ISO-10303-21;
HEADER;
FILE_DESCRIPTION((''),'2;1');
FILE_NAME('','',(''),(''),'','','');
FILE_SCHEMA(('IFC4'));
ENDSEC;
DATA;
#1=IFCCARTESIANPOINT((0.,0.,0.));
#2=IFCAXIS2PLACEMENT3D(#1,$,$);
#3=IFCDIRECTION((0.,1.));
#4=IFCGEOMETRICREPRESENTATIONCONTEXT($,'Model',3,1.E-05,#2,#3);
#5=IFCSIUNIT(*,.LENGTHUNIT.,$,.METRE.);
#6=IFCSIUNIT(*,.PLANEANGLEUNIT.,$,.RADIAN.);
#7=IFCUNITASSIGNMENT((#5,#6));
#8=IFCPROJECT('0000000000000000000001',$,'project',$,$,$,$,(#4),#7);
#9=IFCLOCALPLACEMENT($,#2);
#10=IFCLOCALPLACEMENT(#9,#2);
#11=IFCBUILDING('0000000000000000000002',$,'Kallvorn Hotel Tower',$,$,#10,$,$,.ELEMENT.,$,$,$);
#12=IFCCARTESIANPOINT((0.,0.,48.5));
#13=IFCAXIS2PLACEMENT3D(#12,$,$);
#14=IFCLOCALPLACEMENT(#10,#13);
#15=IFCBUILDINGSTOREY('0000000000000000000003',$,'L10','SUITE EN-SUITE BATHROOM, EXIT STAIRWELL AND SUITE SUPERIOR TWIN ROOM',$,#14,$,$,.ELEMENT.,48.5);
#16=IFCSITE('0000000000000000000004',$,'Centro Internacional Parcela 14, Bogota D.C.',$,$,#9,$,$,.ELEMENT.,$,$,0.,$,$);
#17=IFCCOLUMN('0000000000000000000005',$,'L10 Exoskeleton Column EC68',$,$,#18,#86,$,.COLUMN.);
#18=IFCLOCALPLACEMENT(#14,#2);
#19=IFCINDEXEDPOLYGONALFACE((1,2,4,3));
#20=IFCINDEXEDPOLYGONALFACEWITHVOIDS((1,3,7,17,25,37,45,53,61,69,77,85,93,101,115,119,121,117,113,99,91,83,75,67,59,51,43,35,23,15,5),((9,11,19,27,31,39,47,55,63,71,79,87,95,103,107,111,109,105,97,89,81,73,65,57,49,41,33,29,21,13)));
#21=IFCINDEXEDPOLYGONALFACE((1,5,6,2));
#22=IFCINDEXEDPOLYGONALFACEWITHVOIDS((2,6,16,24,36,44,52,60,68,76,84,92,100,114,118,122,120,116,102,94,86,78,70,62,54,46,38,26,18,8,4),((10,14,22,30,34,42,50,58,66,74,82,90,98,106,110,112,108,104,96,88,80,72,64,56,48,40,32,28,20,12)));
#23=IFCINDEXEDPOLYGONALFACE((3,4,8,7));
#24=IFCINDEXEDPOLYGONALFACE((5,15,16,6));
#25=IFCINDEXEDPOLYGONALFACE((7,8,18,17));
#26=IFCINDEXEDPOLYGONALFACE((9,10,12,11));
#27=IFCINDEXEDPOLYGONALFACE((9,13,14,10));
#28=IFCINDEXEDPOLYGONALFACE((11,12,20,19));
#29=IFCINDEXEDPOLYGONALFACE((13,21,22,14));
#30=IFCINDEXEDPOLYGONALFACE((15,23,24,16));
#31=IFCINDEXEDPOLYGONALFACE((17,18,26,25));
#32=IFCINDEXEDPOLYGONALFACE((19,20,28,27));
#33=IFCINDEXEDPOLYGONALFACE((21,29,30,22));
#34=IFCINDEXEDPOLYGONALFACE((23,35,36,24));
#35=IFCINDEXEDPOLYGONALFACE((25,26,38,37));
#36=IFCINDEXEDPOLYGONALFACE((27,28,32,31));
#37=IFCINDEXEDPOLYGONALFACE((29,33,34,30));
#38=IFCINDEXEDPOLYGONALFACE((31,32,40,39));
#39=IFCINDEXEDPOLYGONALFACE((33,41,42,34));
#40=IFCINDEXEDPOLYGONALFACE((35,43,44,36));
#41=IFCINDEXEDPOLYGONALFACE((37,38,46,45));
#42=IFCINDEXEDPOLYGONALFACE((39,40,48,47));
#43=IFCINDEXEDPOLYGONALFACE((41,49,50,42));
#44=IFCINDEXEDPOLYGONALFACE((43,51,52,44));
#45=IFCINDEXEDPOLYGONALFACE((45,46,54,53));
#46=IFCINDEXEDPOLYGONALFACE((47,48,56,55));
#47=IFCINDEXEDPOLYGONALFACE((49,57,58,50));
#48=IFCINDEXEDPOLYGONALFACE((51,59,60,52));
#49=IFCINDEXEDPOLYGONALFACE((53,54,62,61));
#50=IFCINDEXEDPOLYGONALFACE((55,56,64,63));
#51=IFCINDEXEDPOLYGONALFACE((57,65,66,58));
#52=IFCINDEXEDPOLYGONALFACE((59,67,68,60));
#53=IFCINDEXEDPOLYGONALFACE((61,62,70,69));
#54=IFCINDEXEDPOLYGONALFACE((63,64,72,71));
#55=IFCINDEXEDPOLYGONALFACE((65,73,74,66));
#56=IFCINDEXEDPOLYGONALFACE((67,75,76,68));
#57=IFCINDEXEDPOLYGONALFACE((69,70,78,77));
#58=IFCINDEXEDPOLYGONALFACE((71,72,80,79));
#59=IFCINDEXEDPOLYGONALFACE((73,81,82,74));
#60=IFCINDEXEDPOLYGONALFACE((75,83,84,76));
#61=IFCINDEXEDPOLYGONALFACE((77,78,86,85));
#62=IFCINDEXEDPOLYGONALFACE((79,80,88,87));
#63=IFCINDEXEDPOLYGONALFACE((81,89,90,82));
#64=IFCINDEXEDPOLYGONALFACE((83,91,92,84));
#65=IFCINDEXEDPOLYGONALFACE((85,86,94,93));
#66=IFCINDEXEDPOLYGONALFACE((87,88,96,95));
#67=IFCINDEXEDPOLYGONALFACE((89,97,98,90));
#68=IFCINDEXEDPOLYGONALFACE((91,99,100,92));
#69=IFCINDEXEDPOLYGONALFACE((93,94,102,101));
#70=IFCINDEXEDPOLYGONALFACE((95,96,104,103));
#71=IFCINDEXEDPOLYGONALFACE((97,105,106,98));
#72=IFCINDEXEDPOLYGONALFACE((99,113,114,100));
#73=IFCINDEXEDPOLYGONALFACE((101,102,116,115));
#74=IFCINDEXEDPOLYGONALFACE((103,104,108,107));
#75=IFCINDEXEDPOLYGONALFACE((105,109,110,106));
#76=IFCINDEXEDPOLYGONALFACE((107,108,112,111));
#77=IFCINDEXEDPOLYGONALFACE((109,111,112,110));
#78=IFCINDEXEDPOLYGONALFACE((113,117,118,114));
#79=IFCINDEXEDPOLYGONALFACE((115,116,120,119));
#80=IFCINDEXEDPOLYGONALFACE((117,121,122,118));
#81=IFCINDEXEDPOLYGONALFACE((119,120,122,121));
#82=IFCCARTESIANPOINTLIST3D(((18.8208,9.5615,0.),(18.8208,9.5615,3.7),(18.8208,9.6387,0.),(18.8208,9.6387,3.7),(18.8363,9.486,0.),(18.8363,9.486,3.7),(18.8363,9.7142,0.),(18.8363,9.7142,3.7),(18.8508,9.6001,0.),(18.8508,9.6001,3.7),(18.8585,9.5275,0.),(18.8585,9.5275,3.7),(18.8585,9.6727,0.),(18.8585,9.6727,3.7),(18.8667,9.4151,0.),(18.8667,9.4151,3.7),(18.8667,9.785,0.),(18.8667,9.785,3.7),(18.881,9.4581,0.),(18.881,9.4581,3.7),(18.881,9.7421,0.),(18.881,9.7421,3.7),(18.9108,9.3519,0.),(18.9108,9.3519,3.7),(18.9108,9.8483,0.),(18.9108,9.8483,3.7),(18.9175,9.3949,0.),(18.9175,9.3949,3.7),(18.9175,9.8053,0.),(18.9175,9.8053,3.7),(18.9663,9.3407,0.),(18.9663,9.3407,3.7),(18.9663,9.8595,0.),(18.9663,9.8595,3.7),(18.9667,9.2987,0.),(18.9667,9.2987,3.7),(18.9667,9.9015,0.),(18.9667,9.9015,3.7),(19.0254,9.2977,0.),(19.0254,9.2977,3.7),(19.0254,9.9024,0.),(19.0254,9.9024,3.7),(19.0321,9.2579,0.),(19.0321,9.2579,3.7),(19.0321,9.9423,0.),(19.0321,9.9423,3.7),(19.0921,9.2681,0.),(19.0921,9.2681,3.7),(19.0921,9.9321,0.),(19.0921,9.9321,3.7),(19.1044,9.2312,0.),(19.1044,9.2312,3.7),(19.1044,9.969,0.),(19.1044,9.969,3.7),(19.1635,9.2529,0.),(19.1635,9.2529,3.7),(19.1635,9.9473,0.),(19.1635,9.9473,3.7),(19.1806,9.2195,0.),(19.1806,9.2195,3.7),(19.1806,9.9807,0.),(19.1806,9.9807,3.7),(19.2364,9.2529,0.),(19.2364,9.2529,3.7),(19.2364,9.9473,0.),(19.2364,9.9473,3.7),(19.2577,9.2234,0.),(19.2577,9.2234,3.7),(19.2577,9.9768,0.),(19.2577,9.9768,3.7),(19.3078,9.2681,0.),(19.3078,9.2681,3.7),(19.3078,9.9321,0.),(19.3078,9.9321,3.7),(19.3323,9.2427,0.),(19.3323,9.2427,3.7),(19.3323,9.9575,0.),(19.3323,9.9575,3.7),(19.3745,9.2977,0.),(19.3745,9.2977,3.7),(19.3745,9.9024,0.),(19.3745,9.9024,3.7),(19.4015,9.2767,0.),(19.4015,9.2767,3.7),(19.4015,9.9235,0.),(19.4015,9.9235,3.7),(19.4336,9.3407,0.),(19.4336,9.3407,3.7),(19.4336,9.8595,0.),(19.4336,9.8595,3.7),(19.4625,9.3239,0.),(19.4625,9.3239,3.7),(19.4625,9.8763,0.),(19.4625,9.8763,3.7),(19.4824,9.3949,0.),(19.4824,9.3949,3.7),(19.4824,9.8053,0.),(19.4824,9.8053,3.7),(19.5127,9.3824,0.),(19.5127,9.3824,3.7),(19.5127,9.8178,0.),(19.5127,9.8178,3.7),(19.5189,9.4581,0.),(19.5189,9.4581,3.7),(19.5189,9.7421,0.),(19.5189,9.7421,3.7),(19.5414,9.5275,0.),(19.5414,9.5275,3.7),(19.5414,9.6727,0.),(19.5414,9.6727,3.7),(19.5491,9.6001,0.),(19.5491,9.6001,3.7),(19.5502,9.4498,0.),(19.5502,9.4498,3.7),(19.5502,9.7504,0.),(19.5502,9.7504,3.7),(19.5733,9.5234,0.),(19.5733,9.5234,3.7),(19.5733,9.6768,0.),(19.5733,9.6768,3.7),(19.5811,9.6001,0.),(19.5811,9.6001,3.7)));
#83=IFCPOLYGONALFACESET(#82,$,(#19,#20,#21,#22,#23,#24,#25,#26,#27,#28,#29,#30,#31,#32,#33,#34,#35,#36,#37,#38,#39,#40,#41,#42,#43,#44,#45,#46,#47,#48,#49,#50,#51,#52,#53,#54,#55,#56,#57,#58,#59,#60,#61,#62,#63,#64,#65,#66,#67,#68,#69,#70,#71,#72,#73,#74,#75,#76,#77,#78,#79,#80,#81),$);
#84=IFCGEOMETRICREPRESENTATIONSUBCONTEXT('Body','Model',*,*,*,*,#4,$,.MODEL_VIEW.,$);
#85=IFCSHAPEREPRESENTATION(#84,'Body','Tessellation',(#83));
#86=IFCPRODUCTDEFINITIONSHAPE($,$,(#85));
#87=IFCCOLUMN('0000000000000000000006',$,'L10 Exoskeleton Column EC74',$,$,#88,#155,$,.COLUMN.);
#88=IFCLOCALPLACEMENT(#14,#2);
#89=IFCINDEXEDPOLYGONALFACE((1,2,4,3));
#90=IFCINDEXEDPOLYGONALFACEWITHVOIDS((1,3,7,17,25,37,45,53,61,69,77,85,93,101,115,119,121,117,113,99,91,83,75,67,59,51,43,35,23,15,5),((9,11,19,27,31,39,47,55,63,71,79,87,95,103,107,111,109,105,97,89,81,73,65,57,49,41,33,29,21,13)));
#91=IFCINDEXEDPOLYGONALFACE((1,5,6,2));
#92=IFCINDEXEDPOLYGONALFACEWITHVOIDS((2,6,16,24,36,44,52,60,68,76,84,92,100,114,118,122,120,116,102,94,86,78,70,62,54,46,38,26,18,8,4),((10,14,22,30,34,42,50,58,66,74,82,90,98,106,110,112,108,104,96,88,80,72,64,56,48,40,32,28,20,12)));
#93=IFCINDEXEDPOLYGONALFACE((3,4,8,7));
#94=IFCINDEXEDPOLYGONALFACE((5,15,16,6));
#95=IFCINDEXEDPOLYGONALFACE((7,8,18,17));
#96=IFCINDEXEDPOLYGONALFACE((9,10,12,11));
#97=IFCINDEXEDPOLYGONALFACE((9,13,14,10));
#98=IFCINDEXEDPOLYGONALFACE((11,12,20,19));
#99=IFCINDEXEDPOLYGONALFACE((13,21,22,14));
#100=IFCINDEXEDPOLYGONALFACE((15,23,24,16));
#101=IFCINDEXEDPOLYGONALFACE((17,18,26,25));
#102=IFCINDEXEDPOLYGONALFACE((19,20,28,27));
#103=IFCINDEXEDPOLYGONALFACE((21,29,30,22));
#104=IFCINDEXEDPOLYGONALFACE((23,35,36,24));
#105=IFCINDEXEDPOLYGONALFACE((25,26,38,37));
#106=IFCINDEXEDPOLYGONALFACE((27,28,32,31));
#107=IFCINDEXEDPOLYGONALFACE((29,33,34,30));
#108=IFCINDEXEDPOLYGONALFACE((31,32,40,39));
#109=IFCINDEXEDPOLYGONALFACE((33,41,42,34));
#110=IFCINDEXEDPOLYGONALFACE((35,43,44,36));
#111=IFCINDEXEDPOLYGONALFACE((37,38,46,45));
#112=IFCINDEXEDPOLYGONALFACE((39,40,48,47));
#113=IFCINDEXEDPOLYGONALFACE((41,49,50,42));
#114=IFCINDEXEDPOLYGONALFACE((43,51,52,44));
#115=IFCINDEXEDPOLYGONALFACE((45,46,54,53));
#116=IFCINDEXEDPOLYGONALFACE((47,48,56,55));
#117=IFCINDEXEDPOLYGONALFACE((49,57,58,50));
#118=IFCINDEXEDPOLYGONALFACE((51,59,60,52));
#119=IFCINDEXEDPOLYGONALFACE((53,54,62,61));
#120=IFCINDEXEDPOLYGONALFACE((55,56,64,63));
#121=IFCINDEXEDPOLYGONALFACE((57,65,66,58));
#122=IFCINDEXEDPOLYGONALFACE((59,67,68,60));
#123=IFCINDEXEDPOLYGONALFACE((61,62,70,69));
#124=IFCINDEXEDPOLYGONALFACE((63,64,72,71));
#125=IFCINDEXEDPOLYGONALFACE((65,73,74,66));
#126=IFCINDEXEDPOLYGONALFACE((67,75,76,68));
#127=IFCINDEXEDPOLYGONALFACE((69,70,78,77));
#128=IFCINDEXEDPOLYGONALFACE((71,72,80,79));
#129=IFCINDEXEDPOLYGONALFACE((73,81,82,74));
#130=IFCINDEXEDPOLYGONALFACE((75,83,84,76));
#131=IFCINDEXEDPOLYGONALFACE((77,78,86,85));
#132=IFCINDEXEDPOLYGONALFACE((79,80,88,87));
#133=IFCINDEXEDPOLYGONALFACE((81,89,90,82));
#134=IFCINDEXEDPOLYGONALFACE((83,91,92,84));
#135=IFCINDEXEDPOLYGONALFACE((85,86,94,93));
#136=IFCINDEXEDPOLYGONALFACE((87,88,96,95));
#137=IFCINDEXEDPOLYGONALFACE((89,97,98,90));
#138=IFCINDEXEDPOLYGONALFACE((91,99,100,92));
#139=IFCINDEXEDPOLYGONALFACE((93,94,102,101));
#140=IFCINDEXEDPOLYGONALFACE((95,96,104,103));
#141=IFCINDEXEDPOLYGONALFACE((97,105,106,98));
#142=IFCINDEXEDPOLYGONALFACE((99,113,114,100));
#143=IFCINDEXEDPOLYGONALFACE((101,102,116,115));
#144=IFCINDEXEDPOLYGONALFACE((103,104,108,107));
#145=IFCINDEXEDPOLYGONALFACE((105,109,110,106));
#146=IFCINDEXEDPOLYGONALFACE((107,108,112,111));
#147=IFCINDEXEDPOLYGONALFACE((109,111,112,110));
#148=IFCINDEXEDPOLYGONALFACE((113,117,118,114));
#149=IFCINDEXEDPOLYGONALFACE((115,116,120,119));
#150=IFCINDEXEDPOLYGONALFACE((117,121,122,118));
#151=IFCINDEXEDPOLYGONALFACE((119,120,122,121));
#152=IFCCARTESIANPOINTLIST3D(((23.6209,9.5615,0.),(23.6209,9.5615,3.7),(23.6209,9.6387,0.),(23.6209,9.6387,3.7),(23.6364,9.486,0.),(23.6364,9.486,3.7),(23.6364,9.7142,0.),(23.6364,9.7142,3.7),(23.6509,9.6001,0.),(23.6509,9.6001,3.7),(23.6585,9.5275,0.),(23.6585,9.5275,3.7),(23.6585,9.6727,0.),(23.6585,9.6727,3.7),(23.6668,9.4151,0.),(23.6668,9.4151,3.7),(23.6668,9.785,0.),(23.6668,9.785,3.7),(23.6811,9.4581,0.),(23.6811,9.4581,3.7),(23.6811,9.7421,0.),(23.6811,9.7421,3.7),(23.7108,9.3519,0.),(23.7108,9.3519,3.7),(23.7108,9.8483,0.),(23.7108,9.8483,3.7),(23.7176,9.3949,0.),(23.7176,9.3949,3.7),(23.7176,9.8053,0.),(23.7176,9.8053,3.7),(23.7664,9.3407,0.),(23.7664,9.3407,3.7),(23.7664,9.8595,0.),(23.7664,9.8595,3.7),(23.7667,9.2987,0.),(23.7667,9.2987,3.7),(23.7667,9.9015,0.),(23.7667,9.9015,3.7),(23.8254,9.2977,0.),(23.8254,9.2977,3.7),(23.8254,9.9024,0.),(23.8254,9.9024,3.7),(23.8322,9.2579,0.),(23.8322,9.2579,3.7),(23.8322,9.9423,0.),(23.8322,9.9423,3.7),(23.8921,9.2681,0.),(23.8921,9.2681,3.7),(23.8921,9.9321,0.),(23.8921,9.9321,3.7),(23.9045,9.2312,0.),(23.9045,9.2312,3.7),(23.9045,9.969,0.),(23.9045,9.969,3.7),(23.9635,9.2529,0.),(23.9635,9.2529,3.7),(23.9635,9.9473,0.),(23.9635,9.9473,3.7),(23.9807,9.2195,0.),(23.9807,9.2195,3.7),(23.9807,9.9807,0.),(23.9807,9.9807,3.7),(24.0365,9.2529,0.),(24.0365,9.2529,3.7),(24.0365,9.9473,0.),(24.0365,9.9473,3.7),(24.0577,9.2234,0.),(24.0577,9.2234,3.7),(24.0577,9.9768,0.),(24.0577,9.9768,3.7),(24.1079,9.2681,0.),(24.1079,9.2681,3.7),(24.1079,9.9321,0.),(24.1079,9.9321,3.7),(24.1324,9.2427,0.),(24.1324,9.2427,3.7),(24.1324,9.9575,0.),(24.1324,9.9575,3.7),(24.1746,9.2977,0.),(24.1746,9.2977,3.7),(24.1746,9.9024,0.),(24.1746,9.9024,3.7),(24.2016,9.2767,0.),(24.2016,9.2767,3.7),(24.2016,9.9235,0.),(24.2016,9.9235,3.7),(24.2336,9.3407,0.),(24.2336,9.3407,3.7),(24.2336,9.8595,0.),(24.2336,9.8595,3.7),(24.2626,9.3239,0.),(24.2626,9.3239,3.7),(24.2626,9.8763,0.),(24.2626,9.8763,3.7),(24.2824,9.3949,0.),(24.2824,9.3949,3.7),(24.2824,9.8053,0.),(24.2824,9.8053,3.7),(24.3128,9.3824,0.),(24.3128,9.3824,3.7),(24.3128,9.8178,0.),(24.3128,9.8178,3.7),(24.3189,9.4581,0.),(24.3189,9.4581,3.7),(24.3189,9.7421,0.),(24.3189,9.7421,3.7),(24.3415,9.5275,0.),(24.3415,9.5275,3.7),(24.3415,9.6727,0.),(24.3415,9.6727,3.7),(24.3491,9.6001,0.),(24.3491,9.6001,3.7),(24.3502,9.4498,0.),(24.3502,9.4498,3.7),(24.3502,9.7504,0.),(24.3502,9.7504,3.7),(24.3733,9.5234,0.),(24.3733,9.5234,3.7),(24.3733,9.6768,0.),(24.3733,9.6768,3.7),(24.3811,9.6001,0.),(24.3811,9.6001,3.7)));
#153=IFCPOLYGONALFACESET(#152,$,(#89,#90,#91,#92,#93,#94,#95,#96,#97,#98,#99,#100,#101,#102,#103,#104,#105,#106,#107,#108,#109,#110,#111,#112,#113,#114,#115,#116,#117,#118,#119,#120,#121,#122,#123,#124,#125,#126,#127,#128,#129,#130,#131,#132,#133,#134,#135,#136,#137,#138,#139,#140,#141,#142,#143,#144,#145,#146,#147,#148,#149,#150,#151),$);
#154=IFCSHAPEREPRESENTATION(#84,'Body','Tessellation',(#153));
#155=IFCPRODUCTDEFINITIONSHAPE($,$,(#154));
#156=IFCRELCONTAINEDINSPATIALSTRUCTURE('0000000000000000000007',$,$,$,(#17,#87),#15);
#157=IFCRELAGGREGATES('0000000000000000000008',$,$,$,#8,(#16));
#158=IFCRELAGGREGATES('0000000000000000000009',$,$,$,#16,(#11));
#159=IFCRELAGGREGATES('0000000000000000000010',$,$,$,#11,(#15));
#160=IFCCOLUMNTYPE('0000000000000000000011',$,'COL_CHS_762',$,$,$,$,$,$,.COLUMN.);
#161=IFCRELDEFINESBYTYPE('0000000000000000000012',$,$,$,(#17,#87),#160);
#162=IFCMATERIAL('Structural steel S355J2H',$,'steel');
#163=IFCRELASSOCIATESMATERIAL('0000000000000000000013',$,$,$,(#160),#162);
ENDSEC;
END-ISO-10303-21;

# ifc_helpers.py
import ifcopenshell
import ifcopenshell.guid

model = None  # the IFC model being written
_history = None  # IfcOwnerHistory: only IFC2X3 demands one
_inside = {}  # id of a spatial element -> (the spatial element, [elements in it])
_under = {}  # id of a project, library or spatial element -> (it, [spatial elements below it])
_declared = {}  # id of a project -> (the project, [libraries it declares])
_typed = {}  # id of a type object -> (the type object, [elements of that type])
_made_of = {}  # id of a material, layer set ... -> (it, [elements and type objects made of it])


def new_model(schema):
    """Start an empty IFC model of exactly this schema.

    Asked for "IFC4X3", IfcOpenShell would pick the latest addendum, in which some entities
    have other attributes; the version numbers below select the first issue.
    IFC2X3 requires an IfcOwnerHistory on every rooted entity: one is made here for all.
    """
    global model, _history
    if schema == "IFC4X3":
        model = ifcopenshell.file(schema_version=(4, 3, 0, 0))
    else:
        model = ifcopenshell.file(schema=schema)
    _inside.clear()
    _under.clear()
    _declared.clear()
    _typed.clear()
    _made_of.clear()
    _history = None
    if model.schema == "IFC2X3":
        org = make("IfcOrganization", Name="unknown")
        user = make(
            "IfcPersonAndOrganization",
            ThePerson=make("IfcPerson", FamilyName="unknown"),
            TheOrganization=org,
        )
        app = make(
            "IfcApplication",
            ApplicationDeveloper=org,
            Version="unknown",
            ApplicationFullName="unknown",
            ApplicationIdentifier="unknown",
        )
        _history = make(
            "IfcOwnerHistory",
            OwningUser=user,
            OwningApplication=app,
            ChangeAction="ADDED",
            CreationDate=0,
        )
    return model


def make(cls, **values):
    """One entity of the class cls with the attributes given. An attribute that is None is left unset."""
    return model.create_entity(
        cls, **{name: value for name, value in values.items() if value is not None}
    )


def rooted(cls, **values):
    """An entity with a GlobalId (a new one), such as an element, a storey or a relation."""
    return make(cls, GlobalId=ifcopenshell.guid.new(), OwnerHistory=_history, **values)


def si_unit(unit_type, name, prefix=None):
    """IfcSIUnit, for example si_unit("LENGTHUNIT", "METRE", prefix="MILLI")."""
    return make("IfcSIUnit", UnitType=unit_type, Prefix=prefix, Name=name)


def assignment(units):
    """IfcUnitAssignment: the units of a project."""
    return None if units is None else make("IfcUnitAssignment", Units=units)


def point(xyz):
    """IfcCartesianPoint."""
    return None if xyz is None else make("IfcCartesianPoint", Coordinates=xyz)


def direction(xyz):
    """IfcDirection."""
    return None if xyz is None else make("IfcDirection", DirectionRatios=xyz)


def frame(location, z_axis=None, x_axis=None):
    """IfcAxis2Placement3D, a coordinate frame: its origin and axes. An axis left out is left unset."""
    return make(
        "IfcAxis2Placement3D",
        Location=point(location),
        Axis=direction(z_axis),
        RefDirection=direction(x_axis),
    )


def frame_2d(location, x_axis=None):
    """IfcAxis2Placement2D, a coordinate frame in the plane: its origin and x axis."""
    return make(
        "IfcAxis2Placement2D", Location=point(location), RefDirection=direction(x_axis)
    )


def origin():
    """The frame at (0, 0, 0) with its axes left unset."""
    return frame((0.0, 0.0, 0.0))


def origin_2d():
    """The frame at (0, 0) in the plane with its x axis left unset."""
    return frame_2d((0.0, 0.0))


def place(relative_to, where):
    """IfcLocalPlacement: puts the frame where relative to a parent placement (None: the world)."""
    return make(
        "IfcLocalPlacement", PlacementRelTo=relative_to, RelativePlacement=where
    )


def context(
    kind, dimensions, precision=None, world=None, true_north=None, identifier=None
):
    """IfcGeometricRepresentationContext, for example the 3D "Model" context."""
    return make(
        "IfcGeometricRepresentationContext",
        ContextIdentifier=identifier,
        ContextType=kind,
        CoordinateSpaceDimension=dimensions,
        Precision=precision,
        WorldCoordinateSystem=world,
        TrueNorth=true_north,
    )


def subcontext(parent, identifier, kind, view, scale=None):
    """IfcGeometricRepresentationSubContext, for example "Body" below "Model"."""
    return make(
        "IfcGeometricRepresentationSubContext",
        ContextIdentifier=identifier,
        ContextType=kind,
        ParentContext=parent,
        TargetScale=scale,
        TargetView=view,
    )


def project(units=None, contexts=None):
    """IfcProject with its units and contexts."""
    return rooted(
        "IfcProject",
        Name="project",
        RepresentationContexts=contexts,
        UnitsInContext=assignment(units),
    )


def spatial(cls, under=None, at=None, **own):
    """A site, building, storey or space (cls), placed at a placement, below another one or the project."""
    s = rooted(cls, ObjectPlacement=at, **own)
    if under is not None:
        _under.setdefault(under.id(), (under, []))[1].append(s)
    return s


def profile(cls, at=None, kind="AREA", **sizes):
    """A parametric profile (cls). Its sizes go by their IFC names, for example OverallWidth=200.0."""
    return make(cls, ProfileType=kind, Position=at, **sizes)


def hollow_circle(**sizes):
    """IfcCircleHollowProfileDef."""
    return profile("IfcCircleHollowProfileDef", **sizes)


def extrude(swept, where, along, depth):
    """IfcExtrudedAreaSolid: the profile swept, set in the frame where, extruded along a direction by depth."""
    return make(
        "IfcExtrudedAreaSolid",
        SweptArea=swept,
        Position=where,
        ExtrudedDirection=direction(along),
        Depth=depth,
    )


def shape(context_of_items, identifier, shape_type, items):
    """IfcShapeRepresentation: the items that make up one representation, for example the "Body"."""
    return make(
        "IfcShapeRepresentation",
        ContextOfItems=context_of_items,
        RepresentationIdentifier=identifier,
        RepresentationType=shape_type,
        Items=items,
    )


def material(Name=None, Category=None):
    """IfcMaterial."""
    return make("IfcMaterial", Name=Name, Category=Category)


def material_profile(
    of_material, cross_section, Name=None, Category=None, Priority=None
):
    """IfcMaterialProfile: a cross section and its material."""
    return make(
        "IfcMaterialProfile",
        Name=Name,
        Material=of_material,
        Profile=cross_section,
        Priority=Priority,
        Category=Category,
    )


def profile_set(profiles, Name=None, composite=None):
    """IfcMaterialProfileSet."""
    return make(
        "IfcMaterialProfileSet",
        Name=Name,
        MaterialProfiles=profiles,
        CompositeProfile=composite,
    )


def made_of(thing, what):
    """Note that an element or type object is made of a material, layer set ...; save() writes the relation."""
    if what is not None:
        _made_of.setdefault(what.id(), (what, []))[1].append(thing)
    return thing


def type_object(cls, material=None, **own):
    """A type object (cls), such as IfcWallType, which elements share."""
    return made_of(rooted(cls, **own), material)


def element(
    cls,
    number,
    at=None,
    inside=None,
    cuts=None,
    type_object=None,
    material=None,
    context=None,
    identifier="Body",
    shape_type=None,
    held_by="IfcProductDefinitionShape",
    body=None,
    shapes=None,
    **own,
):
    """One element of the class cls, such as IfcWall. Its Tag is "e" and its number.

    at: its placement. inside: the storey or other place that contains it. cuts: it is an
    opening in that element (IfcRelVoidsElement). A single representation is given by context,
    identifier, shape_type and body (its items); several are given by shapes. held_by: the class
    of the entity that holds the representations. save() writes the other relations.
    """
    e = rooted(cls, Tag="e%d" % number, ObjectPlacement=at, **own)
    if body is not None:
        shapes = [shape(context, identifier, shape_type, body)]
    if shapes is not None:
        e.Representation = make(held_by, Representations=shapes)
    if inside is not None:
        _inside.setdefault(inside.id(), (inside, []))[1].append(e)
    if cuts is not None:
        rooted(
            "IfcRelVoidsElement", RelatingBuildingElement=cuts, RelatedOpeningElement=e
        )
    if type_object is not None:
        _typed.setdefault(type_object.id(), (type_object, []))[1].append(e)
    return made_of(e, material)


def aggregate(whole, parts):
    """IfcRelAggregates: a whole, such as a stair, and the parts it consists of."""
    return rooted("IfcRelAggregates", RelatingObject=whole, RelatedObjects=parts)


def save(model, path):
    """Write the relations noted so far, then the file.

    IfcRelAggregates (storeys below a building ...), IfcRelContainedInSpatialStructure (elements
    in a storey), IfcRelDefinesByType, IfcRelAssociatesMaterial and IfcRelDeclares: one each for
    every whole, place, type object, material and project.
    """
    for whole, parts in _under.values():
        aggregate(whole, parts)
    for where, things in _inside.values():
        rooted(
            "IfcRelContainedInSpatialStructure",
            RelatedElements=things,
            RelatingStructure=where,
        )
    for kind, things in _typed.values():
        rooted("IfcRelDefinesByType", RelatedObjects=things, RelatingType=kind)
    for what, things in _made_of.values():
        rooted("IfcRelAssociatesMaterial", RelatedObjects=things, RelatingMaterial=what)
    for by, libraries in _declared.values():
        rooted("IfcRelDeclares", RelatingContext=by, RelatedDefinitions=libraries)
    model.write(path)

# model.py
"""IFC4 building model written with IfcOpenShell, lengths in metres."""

from ifc_helpers import new_model, si_unit, direction, frame, origin, origin_2d, place, context, subcontext, project, spatial, hollow_circle, extrude, material, material_profile, profile_set, type_object, element, save


model = new_model("IFC4")

# Units and contexts
model_context = context("Model", 3, precision=1e-05, world=origin(), true_north=direction((0.0, 1.0)))
body_context = subcontext(model_context, "Body", "Model", "MODEL_VIEW")
ifc_project = project(units=[si_unit("LENGTHUNIT", "METRE"), si_unit("PLANEANGLEUNIT", "RADIAN")], contexts=[model_context])

# Site, building, storey
site_placement = place(None, origin())
site = spatial("IfcSite", under=ifc_project, at=site_placement, Name="Centro Internacional Parcela 14, Bogota D.C.", CompositionType="ELEMENT", RefElevation=0.0)
building_placement = place(site_placement, origin())
building = spatial("IfcBuilding", under=site, at=building_placement, Name="Kallvorn Hotel Tower", CompositionType="ELEMENT")
storey_placement = place(building_placement, frame((0.0, 0.0, 48.5)))
storey = spatial("IfcBuildingStorey", under=building, at=storey_placement, Name="L10", Description="SUITE EN-SUITE BATHROOM, EXIT STAIRWELL AND SUITE SUPERIOR TWIN ROOM", CompositionType="ELEMENT", Elevation=48.5)

# Columns
ifc_material_1 = material(Name="Structural steel S355J2H", Category="steel")
ifc_material_profile_1 = material_profile(ifc_material_1, hollow_circle(Radius=0.3811, WallThickness=0.032, at=origin_2d()), Name="CHS 762x32")
ifc_profile_set_1 = profile_set([ifc_material_profile_1], Name="Structural steel S355J2H")
column_type_1 = type_object("IfcColumnType", Name="COL_CHS_762", PredefinedType="COLUMN", material=ifc_profile_set_1)
for number, where, z_axis, x_axis, name in (
    (1, (19.2, 9.6001, 0.0), (0.0, 0.0, 1.0), (1.0, 0.0, 0.0), "L10 Exoskeleton Column EC68"),
    (2, (24.0, 9.6001, 0.0), (0.0, 0.0, 1.0), (1.0, 0.0, 0.0), "L10 Exoskeleton Column EC74"),
):
    element("IfcColumn", number, at=place(storey_placement, frame(where, z_axis=z_axis, x_axis=x_axis)), inside=storey, type_object=column_type_1, Name=name, PredefinedType="COLUMN", context=body_context, shape_type="SweptSolid", body=[
        extrude(hollow_circle(Radius=0.3811, WallThickness=0.032, at=origin_2d()), origin(), (0.0, 0.0, 1.0), 3.7),
    ])

save(model, "model.ifc")
